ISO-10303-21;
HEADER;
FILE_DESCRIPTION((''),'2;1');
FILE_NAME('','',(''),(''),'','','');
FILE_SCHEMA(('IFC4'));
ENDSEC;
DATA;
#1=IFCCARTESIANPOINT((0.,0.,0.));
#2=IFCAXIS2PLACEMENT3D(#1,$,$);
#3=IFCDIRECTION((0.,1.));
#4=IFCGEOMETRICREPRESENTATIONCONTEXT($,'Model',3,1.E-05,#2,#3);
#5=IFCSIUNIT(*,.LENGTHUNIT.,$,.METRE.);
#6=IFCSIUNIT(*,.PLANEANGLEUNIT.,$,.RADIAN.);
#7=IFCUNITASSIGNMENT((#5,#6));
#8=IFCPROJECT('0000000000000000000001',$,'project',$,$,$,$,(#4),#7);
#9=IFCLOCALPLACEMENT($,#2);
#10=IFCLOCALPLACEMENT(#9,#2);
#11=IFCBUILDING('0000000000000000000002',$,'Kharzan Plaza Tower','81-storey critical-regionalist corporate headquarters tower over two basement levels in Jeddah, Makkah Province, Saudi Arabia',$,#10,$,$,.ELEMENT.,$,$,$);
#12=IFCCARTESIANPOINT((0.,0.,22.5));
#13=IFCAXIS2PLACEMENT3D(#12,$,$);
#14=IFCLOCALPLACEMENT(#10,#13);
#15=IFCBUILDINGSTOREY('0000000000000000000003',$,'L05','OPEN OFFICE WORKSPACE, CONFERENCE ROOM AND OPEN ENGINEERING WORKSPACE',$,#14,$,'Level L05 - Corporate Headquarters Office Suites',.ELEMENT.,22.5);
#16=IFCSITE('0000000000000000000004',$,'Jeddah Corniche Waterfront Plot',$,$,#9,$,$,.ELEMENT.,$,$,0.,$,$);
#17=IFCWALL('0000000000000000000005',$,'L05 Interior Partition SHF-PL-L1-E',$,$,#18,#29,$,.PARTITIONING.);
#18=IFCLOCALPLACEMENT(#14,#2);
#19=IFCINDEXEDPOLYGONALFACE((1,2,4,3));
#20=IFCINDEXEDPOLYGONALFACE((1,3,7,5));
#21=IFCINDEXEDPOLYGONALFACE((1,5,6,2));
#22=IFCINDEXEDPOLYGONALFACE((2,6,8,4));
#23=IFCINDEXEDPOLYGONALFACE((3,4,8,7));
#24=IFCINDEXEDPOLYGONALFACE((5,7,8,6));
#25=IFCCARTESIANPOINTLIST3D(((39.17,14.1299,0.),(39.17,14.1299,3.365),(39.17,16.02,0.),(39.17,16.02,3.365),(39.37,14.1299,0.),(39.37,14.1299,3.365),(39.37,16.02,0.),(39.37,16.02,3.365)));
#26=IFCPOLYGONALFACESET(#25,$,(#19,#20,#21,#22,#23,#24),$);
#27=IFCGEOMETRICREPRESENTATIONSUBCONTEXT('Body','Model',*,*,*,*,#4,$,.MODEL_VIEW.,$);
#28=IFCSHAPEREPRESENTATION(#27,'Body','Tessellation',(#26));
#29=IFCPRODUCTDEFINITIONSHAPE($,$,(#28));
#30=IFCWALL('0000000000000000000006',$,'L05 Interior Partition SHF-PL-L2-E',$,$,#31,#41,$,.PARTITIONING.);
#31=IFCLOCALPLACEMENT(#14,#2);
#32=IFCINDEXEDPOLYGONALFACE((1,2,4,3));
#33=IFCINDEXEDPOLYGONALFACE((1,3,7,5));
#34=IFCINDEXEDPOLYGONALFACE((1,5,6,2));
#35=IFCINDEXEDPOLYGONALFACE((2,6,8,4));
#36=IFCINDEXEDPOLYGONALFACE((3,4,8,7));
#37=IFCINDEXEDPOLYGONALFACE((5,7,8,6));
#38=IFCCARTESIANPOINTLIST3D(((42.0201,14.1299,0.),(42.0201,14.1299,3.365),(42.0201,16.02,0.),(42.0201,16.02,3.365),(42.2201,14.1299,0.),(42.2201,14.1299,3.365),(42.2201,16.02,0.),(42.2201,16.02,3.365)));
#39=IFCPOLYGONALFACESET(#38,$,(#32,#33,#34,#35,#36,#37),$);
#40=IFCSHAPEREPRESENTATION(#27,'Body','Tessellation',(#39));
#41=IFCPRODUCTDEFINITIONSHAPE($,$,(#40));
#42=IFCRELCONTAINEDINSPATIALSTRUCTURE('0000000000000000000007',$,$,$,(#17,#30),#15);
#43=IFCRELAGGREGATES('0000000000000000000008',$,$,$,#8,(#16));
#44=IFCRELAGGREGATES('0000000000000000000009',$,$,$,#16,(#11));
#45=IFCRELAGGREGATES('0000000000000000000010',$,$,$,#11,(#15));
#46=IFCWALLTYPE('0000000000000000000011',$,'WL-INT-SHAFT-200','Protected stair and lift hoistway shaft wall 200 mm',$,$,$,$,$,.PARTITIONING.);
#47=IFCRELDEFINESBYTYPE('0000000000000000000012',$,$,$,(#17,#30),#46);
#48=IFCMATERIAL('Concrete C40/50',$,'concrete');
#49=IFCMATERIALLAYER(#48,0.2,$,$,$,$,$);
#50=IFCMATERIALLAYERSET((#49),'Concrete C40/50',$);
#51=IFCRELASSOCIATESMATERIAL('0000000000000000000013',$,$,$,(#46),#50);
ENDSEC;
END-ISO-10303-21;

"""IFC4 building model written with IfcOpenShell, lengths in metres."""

from ifc_helpers import new_model, si_unit, direction, frame, frame_2d, origin, place, context, subcontext, project, spatial, rectangle, extrude, source, transform, mapped, material, layer, layer_set, type_object, element, save


model = new_model("IFC4")

# Units and contexts
model_context = context("Model", 3, precision=1e-05, world=origin(), true_north=direction((0.0, 1.0)))
body_context = subcontext(model_context, "Body", "Model", "MODEL_VIEW")
ifc_project = project(units=[si_unit("LENGTHUNIT", "METRE"), si_unit("PLANEANGLEUNIT", "RADIAN")], contexts=[model_context])

# Site, building, storey
site_placement = place(None, origin())
site = spatial("IfcSite", under=ifc_project, at=site_placement, Name="Jeddah Corniche Waterfront Plot", CompositionType="ELEMENT", RefElevation=0.0)
building_placement = place(site_placement, origin())
building = spatial("IfcBuilding", under=site, at=building_placement, Name="Kharzan Plaza Tower", Description="81-storey critical-regionalist corporate headquarters tower over two basement levels in Jeddah, Makkah Province, Saudi Arabia", CompositionType="ELEMENT")
storey_placement = place(building_placement, frame((0.0, 0.0, 22.5)))
storey = spatial("IfcBuildingStorey", under=building, at=storey_placement, Name="L05", Description="OPEN OFFICE WORKSPACE, CONFERENCE ROOM AND OPEN ENGINEERING WORKSPACE", LongName="Level L05 - Corporate Headquarters Office Suites", CompositionType="ELEMENT", Elevation=22.5)

# Shared definitions
ifc_material_1 = material(Name="Concrete C40/50", Category="concrete")

# Shared definitions
ifc_layer_1 = layer(ifc_material_1, 0.2)
ifc_layer_set_1 = layer_set([ifc_layer_1], Name="Concrete C40/50")
wall_type_1 = type_object("IfcWallType", Name="WL-INT-SHAFT-200", Description="Protected stair and lift hoistway shaft wall 200 mm", PredefinedType="PARTITIONING", material=ifc_layer_set_1)

# Walls
shared_shape_1 = source(origin(), body_context, "Body", "SweptSolid", [
    extrude(rectangle(XDim=1.8901, YDim=0.2, at=frame_2d((0.9451, 0.0))), origin(), (0.0, 0.0, 1.0), 3.365),
])
for number, where, z_axis, x_axis, name in (
    (1, (39.27, 14.1299, 0.0), (0.0, 0.0, 1.0), (0.0, 1.0, 0.0), "L05 Interior Partition SHF-PL-L1-E"),
    (2, (42.1201, 14.1299, 0.0), (0.0, 0.0, 1.0), (0.0, 1.0, 0.0), "L05 Interior Partition SHF-PL-L2-E"),
):
    element("IfcWall", number, at=place(storey_placement, frame(where, z_axis=z_axis, x_axis=x_axis)), inside=storey, type_object=wall_type_1, Name=name, PredefinedType="PARTITIONING", context=body_context, shape_type="MappedRepresentation", body=[
        mapped(shared_shape_1, transform((0.0, 0.0, 0.0), x_axis=(1.0, 0.0, 0.0), y_axis=(0.0, 1.0, 0.0), z_axis=(0.0, 0.0, 1.0))),
    ])

save(model, "model.ifc")
